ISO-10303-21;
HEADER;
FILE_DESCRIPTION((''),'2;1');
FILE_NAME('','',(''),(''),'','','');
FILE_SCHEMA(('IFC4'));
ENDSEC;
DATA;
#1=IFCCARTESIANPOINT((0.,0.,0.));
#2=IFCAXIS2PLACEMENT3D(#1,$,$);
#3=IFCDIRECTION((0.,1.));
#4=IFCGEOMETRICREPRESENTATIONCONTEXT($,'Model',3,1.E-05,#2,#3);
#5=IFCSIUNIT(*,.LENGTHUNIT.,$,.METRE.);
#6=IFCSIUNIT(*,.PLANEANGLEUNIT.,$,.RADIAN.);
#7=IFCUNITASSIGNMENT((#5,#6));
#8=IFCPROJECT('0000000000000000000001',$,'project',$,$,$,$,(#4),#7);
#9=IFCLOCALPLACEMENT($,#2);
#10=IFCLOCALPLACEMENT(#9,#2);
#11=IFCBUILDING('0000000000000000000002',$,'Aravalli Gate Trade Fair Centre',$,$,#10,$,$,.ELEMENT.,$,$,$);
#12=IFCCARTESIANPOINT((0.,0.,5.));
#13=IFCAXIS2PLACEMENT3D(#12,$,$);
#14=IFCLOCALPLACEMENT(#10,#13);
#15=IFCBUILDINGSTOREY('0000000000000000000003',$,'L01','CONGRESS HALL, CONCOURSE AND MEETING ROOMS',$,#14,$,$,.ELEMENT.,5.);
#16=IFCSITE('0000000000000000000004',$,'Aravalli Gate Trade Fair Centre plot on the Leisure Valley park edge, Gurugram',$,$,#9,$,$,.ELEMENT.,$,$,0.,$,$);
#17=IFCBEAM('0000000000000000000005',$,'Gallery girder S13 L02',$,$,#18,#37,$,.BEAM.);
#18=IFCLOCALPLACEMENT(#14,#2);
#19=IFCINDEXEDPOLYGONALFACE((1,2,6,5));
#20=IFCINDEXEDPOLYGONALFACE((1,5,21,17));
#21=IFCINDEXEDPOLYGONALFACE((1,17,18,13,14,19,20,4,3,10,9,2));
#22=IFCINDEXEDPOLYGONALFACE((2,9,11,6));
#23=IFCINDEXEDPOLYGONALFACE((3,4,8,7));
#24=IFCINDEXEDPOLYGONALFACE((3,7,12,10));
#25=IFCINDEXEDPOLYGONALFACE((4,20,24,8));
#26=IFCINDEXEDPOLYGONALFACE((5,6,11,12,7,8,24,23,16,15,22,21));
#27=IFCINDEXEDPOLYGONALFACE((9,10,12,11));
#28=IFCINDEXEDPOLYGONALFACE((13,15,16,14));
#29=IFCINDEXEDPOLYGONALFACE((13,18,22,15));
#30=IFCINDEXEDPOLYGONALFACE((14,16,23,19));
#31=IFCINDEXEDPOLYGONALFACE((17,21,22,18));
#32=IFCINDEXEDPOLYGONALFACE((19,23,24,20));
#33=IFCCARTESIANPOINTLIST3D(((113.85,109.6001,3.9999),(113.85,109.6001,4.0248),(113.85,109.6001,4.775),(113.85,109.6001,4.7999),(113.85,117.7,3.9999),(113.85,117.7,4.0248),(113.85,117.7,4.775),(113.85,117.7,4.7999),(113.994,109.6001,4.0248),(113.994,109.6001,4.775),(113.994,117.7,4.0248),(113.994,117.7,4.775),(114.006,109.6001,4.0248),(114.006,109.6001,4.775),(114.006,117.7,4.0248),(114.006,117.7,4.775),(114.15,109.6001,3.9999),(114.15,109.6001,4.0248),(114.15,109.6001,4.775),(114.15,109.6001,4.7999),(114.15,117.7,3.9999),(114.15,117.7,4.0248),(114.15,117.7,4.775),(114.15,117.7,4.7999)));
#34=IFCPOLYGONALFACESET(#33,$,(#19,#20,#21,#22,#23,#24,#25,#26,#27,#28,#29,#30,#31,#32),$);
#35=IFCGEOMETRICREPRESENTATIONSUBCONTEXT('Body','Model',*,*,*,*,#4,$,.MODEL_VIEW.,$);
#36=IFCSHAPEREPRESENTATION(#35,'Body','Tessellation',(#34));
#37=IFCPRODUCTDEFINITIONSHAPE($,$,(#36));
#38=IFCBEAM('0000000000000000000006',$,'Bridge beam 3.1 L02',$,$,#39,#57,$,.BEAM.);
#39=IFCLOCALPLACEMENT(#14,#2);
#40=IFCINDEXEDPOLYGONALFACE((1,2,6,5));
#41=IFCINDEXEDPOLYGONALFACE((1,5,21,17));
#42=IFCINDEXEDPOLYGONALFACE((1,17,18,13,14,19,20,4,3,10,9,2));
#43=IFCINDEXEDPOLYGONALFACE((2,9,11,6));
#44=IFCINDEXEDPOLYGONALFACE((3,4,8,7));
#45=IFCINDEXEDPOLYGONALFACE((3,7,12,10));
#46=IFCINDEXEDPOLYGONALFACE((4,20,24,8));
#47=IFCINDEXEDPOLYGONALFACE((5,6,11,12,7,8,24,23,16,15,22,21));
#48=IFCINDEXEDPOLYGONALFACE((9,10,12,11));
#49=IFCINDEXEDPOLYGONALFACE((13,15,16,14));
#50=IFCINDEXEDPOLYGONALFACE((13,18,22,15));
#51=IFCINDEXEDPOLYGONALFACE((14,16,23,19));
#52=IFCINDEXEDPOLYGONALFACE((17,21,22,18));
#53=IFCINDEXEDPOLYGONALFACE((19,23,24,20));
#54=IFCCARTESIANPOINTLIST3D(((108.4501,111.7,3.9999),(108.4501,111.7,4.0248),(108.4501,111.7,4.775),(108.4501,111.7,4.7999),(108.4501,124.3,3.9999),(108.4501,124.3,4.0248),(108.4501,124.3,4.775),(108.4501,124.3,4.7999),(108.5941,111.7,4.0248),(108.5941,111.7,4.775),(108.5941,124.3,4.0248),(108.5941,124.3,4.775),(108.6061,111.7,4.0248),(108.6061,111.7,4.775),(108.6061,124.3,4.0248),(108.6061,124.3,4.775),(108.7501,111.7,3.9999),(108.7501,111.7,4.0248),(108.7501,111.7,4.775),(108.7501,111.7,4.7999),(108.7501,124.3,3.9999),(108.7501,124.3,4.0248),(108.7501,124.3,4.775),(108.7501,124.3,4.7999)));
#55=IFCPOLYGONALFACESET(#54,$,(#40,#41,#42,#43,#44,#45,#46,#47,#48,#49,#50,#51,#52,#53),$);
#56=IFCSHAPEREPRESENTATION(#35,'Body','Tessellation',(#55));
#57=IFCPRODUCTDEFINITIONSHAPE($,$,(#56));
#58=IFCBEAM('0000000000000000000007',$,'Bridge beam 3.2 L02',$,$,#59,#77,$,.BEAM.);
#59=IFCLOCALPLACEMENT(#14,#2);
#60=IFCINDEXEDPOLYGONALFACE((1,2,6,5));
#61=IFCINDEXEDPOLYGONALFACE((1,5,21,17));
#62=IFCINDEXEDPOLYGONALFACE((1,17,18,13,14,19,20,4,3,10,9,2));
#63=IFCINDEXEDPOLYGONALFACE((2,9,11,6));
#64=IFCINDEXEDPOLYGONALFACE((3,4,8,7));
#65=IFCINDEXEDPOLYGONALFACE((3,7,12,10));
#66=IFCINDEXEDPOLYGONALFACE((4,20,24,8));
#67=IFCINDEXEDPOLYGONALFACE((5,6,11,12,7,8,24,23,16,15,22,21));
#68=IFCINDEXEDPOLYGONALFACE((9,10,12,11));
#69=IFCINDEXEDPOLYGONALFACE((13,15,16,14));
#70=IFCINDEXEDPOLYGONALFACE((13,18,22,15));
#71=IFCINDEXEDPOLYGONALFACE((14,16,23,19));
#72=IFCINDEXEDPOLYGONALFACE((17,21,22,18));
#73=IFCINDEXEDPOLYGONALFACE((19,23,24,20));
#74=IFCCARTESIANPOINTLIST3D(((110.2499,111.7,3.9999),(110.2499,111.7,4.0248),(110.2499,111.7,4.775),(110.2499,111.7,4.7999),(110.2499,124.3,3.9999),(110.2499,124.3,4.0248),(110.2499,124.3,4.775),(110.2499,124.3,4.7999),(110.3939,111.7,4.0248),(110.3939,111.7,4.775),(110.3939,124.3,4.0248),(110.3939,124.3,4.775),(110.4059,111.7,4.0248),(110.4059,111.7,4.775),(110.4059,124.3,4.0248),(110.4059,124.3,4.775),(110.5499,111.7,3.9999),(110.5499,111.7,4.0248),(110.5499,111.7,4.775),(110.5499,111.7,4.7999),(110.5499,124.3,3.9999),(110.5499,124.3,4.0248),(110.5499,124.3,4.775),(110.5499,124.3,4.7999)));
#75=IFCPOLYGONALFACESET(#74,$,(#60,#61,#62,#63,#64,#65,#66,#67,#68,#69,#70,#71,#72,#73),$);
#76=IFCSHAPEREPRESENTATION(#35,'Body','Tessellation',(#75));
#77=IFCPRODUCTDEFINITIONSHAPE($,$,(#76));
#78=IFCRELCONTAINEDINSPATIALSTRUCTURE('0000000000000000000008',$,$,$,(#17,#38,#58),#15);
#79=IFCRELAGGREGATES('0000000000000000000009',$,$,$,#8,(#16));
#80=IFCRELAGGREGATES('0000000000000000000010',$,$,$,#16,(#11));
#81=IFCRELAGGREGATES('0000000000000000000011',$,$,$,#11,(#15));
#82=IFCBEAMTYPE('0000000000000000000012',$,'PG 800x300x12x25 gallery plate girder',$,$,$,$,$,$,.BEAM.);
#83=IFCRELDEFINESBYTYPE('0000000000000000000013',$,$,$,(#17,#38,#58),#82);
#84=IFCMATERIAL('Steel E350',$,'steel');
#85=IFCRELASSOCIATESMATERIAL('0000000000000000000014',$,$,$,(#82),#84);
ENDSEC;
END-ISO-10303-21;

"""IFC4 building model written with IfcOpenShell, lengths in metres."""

from ifc_helpers import new_model, si_unit, direction, frame, origin, origin_2d, place, context, subcontext, project, spatial, i_section, extrude, material, material_profile, profile_set, type_object, element, save


model = new_model("IFC4")

# Units and contexts
model_context = context("Model", 3, precision=1e-05, world=origin(), true_north=direction((0.0, 1.0)))
body_context = subcontext(model_context, "Body", "Model", "MODEL_VIEW")
ifc_project = project(units=[si_unit("LENGTHUNIT", "METRE"), si_unit("PLANEANGLEUNIT", "RADIAN")], contexts=[model_context])

# Site, building, storey
site_placement = place(None, origin())
site = spatial("IfcSite", under=ifc_project, at=site_placement, Name="Aravalli Gate Trade Fair Centre plot on the Leisure Valley park edge, Gurugram", CompositionType="ELEMENT", RefElevation=0.0)
building_placement = place(site_placement, origin())
building = spatial("IfcBuilding", under=site, at=building_placement, Name="Aravalli Gate Trade Fair Centre", CompositionType="ELEMENT")
storey_placement = place(building_placement, frame((0.0, 0.0, 5.0)))
storey = spatial("IfcBuildingStorey", under=building, at=storey_placement, Name="L01", Description="CONGRESS HALL, CONCOURSE AND MEETING ROOMS", CompositionType="ELEMENT", Elevation=5.0)

# Beams
ifc_material_1 = material(Name="Steel E350", Category="steel")
ifc_material_profile_1 = material_profile(ifc_material_1, i_section(OverallWidth=0.3, OverallDepth=0.8, WebThickness=0.012, FlangeThickness=0.0249, at=origin_2d()), Name="PG 800x300x12x25")
ifc_profile_set_1 = profile_set([ifc_material_profile_1], Name="Steel E350")
beam_type_1 = type_object("IfcBeamType", Name="PG 800x300x12x25 gallery plate girder", PredefinedType="BEAM", material=ifc_profile_set_1)
beam_1_placement = place(storey_placement, frame((114.0, 109.6001, 4.3999), z_axis=(0.0, 1.0, 0.0), x_axis=(-1.0, 0.0, 0.0)))
element("IfcBeam", 1, at=beam_1_placement, inside=storey, type_object=beam_type_1, Name="Gallery girder S13 L02", PredefinedType="BEAM", context=body_context, shape_type="SweptSolid", body=[
    extrude(i_section(OverallWidth=0.3, OverallDepth=0.8, WebThickness=0.012, FlangeThickness=0.0249, at=origin_2d()), origin(), (0.0, 0.0, 1.0), 8.0999),
])
for number, where, z_axis, x_axis, name in (
    (2, (108.6001, 111.7, 4.3999), (0.0, 1.0, 0.0), (-1.0, 0.0, 0.0), "Bridge beam 3.1 L02"),
    (3, (110.3999, 111.7, 4.3999), (0.0, 1.0, 0.0), (-1.0, 0.0, 0.0), "Bridge beam 3.2 L02"),
):
    element("IfcBeam", number, at=place(storey_placement, frame(where, z_axis=z_axis, x_axis=x_axis)), inside=storey, type_object=beam_type_1, Name=name, PredefinedType="BEAM", context=body_context, shape_type="SweptSolid", body=[
        extrude(i_section(OverallWidth=0.3, OverallDepth=0.8, WebThickness=0.012, FlangeThickness=0.0249, at=origin_2d()), origin(), (0.0, 0.0, 1.0), 12.6001),
    ])

save(model, "model.ifc")
